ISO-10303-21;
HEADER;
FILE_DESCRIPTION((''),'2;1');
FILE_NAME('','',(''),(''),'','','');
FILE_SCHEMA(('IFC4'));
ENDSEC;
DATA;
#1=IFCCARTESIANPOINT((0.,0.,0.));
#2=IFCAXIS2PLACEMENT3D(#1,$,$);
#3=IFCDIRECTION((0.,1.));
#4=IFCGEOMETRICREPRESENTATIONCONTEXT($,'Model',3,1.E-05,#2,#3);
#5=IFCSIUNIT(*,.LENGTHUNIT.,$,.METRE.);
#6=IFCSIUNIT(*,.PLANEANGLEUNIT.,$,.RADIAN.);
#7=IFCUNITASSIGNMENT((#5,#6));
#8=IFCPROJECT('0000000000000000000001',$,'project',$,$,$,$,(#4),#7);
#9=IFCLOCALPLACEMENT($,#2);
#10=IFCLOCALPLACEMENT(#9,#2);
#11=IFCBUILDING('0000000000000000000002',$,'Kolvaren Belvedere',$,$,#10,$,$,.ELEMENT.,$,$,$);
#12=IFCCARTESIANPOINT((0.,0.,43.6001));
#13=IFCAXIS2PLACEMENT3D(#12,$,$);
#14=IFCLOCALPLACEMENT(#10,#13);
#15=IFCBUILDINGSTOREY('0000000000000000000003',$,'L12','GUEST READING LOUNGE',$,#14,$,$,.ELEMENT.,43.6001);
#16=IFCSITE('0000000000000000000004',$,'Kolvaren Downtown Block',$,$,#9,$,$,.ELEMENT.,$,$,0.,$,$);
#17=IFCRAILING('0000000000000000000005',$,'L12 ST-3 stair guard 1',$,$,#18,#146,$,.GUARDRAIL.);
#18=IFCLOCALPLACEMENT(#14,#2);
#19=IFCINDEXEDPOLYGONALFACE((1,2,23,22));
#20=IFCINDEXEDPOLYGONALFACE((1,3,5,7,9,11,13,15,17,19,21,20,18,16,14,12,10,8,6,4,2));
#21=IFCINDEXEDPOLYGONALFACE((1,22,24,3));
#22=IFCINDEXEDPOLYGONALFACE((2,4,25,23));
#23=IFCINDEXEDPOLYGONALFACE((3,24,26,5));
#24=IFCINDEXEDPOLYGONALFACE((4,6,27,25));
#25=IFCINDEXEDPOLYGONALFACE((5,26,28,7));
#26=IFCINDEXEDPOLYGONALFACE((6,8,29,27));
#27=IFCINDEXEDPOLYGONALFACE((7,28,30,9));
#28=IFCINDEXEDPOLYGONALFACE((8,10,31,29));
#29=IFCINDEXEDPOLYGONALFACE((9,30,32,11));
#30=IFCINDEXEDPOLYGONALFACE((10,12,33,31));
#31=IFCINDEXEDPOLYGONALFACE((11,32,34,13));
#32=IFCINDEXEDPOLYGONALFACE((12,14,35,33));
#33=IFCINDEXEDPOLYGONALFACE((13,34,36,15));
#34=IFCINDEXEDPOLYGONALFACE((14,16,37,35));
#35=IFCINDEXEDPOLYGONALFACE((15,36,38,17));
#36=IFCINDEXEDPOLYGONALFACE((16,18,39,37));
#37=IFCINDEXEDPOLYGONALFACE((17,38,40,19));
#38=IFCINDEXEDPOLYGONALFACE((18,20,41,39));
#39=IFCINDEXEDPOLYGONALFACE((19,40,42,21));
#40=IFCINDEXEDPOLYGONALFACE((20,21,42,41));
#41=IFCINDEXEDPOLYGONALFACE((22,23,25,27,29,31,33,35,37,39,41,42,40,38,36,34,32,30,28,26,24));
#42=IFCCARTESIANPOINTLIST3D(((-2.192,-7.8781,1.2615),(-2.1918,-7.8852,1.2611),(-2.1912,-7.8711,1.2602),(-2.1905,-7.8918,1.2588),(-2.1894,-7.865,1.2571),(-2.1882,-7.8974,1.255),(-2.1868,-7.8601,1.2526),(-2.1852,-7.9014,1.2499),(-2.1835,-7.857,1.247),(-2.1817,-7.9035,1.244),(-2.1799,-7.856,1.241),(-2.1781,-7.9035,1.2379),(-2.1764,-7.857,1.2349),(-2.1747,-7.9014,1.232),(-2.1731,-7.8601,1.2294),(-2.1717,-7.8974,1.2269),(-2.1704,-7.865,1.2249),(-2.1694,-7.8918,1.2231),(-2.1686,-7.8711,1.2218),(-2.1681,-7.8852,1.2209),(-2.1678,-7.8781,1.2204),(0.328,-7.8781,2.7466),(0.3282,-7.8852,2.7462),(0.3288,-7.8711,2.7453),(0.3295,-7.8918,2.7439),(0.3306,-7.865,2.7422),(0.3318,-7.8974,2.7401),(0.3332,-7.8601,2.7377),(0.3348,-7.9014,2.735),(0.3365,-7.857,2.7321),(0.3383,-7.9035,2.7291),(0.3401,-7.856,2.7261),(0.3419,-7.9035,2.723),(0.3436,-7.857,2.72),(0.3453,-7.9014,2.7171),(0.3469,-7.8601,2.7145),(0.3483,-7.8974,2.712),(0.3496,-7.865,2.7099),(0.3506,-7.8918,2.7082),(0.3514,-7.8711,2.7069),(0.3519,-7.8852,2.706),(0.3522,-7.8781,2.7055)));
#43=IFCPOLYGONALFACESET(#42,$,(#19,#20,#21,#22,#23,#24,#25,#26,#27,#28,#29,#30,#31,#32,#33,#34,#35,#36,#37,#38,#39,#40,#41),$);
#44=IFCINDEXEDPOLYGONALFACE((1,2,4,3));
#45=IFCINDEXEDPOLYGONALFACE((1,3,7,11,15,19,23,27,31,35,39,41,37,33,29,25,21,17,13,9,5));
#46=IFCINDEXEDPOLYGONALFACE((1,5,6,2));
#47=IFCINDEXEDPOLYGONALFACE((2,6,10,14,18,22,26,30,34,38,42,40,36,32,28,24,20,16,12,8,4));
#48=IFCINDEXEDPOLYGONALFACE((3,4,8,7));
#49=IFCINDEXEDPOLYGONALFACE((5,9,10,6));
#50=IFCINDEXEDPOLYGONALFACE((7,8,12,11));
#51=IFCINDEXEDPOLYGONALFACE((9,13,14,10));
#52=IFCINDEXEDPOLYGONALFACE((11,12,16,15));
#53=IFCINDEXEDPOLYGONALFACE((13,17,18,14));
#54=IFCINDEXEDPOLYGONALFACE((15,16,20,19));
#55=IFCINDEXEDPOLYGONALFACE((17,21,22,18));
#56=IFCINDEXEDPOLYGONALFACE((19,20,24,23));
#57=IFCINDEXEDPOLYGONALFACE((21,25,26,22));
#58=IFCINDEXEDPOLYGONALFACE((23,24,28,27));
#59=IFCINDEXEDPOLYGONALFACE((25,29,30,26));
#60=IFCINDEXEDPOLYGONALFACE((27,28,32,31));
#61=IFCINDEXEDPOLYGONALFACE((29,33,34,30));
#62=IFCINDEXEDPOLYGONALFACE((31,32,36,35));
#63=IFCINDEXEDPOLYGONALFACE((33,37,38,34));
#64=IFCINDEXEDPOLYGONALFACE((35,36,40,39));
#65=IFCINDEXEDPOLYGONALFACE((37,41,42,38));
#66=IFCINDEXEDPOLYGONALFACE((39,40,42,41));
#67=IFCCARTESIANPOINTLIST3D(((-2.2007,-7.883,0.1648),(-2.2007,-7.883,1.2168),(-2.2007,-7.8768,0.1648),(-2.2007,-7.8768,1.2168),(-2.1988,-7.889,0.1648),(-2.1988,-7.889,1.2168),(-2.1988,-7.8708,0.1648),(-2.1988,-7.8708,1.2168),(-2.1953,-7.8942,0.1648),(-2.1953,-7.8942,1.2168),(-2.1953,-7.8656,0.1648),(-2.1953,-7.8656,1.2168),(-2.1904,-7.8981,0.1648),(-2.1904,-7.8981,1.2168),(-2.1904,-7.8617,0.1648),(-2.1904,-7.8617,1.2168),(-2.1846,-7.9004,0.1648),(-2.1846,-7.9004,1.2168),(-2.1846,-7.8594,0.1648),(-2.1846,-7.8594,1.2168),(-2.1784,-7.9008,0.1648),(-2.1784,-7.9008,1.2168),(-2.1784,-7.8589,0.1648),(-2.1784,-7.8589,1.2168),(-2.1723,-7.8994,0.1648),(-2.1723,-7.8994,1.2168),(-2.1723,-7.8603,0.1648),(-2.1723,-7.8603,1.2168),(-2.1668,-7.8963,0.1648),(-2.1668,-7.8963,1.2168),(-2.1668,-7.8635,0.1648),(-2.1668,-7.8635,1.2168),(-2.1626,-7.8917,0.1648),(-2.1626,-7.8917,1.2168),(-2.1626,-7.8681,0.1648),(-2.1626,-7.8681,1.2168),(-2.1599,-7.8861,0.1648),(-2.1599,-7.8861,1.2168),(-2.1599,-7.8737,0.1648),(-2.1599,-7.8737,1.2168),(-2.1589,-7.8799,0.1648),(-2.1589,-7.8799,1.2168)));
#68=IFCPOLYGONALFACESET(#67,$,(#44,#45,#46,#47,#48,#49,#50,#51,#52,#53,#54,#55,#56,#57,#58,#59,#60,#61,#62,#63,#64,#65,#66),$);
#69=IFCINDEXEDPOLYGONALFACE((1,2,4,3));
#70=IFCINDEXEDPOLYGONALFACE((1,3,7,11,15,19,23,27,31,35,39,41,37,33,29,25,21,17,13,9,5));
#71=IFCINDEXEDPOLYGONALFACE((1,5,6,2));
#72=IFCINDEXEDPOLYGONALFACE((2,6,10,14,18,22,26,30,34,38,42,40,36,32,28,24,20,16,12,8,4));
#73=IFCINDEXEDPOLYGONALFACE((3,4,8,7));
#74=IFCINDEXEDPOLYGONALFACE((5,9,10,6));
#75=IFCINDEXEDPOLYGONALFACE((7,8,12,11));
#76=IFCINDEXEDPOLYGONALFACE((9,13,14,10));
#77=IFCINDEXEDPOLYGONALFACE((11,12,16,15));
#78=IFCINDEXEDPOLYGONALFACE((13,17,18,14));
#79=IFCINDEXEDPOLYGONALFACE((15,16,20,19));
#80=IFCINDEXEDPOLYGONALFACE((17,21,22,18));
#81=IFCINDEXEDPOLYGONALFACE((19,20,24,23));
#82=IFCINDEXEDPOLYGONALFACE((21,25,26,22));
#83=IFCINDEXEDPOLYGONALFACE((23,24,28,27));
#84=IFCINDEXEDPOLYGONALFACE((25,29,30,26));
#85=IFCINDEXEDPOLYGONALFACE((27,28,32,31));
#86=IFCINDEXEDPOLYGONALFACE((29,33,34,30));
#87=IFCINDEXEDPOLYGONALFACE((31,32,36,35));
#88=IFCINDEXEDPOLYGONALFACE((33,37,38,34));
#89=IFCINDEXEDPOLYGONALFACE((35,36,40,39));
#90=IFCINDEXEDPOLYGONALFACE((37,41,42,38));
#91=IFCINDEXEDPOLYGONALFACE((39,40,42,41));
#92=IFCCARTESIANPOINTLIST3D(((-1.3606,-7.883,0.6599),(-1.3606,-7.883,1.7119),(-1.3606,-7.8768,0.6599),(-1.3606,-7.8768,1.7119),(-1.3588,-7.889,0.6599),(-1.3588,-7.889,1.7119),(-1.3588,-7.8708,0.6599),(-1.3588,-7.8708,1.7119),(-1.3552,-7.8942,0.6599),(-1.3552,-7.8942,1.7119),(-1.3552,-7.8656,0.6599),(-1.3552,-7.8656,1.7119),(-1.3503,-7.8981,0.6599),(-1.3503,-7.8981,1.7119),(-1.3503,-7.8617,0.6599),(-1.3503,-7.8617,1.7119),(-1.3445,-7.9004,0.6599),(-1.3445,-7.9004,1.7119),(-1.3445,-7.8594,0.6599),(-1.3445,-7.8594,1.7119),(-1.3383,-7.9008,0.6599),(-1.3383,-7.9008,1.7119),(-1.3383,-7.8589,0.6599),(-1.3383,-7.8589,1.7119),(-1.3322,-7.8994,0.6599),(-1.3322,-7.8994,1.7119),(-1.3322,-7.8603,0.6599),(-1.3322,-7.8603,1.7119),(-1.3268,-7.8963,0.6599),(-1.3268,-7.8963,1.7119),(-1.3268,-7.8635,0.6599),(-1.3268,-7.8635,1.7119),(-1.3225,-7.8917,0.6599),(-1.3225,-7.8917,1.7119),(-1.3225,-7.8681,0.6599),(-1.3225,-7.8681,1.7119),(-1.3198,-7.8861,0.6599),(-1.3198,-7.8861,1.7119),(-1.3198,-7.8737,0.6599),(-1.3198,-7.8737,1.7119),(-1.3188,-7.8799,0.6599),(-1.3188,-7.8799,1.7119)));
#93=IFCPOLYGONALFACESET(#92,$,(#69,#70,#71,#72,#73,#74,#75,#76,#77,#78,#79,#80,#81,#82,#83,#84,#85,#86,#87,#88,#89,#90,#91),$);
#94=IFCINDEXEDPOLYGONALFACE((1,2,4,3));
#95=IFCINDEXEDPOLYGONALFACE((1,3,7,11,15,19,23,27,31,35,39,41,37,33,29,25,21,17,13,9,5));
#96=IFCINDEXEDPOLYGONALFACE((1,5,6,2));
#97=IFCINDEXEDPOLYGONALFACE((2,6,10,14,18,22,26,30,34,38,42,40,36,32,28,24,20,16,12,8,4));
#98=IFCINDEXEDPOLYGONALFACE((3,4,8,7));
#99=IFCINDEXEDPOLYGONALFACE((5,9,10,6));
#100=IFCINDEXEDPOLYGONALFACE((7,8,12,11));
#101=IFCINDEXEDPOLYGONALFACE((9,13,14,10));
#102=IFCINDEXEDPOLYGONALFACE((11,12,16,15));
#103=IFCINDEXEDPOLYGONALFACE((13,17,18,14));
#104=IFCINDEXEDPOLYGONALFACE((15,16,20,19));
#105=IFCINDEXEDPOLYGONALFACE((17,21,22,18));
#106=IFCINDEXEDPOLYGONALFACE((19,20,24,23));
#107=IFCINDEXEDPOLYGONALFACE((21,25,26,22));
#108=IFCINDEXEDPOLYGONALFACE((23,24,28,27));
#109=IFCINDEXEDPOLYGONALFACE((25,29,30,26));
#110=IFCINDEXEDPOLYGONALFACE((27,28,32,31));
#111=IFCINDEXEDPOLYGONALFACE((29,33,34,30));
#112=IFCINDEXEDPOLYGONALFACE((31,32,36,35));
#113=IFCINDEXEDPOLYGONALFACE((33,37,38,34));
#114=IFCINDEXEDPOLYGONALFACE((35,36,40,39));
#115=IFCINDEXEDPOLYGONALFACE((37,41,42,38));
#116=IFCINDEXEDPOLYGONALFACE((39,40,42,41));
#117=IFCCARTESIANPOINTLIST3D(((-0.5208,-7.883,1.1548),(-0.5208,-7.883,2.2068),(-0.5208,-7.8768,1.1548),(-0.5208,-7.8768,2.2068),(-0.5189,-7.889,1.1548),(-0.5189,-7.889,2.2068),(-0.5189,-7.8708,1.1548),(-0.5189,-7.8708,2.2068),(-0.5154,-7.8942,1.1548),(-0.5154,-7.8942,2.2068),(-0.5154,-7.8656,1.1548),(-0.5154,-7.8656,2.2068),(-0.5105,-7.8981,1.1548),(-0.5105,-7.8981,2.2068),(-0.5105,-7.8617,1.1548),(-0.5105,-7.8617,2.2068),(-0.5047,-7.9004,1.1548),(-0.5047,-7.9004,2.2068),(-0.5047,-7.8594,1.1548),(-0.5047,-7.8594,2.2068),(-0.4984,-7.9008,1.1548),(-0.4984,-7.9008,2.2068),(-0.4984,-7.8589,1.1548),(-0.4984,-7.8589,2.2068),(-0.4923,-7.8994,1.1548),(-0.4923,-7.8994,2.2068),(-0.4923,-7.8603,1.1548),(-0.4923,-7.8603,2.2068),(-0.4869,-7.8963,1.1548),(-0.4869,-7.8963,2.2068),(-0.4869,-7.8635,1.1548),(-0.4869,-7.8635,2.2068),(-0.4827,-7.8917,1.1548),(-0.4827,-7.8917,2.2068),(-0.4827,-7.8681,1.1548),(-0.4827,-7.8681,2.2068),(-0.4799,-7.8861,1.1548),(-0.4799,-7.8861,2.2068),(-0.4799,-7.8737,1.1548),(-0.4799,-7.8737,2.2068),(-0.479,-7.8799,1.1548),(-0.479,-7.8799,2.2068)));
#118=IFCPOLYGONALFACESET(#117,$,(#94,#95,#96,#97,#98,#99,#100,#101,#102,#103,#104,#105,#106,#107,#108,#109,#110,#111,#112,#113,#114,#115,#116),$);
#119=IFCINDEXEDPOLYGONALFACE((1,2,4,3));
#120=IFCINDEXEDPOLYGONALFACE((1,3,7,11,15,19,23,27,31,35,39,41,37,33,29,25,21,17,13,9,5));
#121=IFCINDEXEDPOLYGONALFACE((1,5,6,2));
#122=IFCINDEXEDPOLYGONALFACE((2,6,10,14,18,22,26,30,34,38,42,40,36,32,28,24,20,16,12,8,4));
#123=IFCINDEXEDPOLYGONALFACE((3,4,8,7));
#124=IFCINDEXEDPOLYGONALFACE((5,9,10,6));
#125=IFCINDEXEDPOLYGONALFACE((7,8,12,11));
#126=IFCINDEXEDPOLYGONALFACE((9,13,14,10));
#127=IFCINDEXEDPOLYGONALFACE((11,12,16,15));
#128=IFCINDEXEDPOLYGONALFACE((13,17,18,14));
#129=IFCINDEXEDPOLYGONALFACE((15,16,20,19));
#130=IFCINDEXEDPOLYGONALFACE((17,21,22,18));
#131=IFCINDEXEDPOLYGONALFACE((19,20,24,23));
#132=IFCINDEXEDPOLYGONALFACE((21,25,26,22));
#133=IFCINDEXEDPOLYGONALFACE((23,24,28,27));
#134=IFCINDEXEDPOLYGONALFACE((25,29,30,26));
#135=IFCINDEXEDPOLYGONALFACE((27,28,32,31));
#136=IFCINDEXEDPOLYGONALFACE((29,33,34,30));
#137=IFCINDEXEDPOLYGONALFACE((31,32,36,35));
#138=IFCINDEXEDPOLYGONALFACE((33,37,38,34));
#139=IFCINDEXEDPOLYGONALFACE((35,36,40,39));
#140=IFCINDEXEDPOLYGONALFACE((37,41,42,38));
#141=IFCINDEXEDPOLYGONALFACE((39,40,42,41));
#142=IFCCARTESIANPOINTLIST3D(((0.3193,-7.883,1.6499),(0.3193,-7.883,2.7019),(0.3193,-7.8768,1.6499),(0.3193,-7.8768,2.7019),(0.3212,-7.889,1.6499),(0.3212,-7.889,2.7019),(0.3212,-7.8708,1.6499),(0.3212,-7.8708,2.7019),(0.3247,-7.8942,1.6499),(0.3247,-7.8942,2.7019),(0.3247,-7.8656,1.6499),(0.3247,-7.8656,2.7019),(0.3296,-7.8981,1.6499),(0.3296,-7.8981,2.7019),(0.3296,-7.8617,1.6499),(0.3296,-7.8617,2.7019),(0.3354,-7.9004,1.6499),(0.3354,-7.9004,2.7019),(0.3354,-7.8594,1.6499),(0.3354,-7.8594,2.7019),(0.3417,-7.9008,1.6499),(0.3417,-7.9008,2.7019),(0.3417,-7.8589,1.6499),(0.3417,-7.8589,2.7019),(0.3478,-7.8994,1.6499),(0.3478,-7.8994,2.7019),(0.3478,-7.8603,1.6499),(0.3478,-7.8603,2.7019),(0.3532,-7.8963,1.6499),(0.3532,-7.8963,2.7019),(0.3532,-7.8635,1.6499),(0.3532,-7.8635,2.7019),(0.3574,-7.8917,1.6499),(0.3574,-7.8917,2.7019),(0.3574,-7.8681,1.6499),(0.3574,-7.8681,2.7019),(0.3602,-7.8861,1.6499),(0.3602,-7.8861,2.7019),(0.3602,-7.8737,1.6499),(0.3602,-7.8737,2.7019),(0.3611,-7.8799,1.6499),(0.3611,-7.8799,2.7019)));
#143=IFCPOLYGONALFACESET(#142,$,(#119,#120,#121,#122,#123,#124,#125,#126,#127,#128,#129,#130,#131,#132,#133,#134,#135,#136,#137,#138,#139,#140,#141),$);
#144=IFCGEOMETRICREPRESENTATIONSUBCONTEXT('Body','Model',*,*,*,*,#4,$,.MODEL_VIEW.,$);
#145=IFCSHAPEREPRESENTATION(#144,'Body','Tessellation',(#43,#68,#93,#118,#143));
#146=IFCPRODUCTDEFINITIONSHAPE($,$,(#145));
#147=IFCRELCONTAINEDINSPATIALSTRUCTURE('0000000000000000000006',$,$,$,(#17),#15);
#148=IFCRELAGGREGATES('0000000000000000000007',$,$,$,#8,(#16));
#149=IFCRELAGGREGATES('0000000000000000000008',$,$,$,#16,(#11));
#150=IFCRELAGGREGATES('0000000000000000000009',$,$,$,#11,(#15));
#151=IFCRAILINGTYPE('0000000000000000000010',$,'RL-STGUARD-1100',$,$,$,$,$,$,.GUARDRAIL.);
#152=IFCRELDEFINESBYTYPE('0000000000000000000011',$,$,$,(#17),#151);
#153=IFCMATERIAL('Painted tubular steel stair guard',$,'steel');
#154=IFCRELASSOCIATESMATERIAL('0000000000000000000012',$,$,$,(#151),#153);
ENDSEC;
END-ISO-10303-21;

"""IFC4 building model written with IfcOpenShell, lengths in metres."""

from ifc_helpers import new_model, si_unit, direction, frame, origin, origin_2d, place, context, subcontext, project, spatial, circle, extrude, material, type_object, element, save


model = new_model("IFC4")

# Units and contexts
model_context = context("Model", 3, precision=1e-05, world=origin(), true_north=direction((0.0, 1.0)))
body_context = subcontext(model_context, "Body", "Model", "MODEL_VIEW")
ifc_project = project(units=[si_unit("LENGTHUNIT", "METRE"), si_unit("PLANEANGLEUNIT", "RADIAN")], contexts=[model_context])

# Site, building, storey
site_placement = place(None, origin())
site = spatial("IfcSite", under=ifc_project, at=site_placement, Name="Kolvaren Downtown Block", CompositionType="ELEMENT", RefElevation=0.0)
building_placement = place(site_placement, origin())
building = spatial("IfcBuilding", under=site, at=building_placement, Name="Kolvaren Belvedere", CompositionType="ELEMENT")
storey_placement = place(building_placement, frame((0.0, 0.0, 43.6001)))
storey = spatial("IfcBuildingStorey", under=building, at=storey_placement, Name="L12", Description="GUEST READING LOUNGE", CompositionType="ELEMENT", Elevation=43.6001)

# Railing
ifc_material_1 = material(Name="Painted tubular steel stair guard", Category="steel")
railing_type_1 = type_object("IfcRailingType", Name="RL-STGUARD-1100", PredefinedType="GUARDRAIL", material=ifc_material_1)
railing_1_placement = place(storey_placement, frame((-2.1799, -7.8799, 0.1648)))
element("IfcRailing", 1, at=railing_1_placement, inside=storey, type_object=railing_type_1, Name="L12 ST-3 stair guard 1", PredefinedType="GUARDRAIL", context=body_context, shape_type="SweptSolid", body=[
    extrude(circle(Radius=0.0239, at=origin_2d()), frame((0.0, 0.0, 1.0762), z_axis=(0.861524, 0.0, 0.507717), x_axis=(0.0, 1.0, 0.0)), (0.0, 0.0, 1.0), 2.925),
    extrude(circle(Radius=0.021, at=origin_2d()), origin(), (0.0, 0.0, 1.0), 1.052),
    extrude(circle(Radius=0.021, at=origin_2d()), frame((0.8401, 0.0, 0.4951)), (0.0, 0.0, 1.0), 1.052),
    extrude(circle(Radius=0.021, at=origin_2d()), frame((1.6799, 0.0, 0.99)), (0.0, 0.0, 1.0), 1.052),
    extrude(circle(Radius=0.021, at=origin_2d()), frame((2.52, 0.0, 1.4851)), (0.0, 0.0, 1.0), 1.052),
])

save(model, "model.ifc")
